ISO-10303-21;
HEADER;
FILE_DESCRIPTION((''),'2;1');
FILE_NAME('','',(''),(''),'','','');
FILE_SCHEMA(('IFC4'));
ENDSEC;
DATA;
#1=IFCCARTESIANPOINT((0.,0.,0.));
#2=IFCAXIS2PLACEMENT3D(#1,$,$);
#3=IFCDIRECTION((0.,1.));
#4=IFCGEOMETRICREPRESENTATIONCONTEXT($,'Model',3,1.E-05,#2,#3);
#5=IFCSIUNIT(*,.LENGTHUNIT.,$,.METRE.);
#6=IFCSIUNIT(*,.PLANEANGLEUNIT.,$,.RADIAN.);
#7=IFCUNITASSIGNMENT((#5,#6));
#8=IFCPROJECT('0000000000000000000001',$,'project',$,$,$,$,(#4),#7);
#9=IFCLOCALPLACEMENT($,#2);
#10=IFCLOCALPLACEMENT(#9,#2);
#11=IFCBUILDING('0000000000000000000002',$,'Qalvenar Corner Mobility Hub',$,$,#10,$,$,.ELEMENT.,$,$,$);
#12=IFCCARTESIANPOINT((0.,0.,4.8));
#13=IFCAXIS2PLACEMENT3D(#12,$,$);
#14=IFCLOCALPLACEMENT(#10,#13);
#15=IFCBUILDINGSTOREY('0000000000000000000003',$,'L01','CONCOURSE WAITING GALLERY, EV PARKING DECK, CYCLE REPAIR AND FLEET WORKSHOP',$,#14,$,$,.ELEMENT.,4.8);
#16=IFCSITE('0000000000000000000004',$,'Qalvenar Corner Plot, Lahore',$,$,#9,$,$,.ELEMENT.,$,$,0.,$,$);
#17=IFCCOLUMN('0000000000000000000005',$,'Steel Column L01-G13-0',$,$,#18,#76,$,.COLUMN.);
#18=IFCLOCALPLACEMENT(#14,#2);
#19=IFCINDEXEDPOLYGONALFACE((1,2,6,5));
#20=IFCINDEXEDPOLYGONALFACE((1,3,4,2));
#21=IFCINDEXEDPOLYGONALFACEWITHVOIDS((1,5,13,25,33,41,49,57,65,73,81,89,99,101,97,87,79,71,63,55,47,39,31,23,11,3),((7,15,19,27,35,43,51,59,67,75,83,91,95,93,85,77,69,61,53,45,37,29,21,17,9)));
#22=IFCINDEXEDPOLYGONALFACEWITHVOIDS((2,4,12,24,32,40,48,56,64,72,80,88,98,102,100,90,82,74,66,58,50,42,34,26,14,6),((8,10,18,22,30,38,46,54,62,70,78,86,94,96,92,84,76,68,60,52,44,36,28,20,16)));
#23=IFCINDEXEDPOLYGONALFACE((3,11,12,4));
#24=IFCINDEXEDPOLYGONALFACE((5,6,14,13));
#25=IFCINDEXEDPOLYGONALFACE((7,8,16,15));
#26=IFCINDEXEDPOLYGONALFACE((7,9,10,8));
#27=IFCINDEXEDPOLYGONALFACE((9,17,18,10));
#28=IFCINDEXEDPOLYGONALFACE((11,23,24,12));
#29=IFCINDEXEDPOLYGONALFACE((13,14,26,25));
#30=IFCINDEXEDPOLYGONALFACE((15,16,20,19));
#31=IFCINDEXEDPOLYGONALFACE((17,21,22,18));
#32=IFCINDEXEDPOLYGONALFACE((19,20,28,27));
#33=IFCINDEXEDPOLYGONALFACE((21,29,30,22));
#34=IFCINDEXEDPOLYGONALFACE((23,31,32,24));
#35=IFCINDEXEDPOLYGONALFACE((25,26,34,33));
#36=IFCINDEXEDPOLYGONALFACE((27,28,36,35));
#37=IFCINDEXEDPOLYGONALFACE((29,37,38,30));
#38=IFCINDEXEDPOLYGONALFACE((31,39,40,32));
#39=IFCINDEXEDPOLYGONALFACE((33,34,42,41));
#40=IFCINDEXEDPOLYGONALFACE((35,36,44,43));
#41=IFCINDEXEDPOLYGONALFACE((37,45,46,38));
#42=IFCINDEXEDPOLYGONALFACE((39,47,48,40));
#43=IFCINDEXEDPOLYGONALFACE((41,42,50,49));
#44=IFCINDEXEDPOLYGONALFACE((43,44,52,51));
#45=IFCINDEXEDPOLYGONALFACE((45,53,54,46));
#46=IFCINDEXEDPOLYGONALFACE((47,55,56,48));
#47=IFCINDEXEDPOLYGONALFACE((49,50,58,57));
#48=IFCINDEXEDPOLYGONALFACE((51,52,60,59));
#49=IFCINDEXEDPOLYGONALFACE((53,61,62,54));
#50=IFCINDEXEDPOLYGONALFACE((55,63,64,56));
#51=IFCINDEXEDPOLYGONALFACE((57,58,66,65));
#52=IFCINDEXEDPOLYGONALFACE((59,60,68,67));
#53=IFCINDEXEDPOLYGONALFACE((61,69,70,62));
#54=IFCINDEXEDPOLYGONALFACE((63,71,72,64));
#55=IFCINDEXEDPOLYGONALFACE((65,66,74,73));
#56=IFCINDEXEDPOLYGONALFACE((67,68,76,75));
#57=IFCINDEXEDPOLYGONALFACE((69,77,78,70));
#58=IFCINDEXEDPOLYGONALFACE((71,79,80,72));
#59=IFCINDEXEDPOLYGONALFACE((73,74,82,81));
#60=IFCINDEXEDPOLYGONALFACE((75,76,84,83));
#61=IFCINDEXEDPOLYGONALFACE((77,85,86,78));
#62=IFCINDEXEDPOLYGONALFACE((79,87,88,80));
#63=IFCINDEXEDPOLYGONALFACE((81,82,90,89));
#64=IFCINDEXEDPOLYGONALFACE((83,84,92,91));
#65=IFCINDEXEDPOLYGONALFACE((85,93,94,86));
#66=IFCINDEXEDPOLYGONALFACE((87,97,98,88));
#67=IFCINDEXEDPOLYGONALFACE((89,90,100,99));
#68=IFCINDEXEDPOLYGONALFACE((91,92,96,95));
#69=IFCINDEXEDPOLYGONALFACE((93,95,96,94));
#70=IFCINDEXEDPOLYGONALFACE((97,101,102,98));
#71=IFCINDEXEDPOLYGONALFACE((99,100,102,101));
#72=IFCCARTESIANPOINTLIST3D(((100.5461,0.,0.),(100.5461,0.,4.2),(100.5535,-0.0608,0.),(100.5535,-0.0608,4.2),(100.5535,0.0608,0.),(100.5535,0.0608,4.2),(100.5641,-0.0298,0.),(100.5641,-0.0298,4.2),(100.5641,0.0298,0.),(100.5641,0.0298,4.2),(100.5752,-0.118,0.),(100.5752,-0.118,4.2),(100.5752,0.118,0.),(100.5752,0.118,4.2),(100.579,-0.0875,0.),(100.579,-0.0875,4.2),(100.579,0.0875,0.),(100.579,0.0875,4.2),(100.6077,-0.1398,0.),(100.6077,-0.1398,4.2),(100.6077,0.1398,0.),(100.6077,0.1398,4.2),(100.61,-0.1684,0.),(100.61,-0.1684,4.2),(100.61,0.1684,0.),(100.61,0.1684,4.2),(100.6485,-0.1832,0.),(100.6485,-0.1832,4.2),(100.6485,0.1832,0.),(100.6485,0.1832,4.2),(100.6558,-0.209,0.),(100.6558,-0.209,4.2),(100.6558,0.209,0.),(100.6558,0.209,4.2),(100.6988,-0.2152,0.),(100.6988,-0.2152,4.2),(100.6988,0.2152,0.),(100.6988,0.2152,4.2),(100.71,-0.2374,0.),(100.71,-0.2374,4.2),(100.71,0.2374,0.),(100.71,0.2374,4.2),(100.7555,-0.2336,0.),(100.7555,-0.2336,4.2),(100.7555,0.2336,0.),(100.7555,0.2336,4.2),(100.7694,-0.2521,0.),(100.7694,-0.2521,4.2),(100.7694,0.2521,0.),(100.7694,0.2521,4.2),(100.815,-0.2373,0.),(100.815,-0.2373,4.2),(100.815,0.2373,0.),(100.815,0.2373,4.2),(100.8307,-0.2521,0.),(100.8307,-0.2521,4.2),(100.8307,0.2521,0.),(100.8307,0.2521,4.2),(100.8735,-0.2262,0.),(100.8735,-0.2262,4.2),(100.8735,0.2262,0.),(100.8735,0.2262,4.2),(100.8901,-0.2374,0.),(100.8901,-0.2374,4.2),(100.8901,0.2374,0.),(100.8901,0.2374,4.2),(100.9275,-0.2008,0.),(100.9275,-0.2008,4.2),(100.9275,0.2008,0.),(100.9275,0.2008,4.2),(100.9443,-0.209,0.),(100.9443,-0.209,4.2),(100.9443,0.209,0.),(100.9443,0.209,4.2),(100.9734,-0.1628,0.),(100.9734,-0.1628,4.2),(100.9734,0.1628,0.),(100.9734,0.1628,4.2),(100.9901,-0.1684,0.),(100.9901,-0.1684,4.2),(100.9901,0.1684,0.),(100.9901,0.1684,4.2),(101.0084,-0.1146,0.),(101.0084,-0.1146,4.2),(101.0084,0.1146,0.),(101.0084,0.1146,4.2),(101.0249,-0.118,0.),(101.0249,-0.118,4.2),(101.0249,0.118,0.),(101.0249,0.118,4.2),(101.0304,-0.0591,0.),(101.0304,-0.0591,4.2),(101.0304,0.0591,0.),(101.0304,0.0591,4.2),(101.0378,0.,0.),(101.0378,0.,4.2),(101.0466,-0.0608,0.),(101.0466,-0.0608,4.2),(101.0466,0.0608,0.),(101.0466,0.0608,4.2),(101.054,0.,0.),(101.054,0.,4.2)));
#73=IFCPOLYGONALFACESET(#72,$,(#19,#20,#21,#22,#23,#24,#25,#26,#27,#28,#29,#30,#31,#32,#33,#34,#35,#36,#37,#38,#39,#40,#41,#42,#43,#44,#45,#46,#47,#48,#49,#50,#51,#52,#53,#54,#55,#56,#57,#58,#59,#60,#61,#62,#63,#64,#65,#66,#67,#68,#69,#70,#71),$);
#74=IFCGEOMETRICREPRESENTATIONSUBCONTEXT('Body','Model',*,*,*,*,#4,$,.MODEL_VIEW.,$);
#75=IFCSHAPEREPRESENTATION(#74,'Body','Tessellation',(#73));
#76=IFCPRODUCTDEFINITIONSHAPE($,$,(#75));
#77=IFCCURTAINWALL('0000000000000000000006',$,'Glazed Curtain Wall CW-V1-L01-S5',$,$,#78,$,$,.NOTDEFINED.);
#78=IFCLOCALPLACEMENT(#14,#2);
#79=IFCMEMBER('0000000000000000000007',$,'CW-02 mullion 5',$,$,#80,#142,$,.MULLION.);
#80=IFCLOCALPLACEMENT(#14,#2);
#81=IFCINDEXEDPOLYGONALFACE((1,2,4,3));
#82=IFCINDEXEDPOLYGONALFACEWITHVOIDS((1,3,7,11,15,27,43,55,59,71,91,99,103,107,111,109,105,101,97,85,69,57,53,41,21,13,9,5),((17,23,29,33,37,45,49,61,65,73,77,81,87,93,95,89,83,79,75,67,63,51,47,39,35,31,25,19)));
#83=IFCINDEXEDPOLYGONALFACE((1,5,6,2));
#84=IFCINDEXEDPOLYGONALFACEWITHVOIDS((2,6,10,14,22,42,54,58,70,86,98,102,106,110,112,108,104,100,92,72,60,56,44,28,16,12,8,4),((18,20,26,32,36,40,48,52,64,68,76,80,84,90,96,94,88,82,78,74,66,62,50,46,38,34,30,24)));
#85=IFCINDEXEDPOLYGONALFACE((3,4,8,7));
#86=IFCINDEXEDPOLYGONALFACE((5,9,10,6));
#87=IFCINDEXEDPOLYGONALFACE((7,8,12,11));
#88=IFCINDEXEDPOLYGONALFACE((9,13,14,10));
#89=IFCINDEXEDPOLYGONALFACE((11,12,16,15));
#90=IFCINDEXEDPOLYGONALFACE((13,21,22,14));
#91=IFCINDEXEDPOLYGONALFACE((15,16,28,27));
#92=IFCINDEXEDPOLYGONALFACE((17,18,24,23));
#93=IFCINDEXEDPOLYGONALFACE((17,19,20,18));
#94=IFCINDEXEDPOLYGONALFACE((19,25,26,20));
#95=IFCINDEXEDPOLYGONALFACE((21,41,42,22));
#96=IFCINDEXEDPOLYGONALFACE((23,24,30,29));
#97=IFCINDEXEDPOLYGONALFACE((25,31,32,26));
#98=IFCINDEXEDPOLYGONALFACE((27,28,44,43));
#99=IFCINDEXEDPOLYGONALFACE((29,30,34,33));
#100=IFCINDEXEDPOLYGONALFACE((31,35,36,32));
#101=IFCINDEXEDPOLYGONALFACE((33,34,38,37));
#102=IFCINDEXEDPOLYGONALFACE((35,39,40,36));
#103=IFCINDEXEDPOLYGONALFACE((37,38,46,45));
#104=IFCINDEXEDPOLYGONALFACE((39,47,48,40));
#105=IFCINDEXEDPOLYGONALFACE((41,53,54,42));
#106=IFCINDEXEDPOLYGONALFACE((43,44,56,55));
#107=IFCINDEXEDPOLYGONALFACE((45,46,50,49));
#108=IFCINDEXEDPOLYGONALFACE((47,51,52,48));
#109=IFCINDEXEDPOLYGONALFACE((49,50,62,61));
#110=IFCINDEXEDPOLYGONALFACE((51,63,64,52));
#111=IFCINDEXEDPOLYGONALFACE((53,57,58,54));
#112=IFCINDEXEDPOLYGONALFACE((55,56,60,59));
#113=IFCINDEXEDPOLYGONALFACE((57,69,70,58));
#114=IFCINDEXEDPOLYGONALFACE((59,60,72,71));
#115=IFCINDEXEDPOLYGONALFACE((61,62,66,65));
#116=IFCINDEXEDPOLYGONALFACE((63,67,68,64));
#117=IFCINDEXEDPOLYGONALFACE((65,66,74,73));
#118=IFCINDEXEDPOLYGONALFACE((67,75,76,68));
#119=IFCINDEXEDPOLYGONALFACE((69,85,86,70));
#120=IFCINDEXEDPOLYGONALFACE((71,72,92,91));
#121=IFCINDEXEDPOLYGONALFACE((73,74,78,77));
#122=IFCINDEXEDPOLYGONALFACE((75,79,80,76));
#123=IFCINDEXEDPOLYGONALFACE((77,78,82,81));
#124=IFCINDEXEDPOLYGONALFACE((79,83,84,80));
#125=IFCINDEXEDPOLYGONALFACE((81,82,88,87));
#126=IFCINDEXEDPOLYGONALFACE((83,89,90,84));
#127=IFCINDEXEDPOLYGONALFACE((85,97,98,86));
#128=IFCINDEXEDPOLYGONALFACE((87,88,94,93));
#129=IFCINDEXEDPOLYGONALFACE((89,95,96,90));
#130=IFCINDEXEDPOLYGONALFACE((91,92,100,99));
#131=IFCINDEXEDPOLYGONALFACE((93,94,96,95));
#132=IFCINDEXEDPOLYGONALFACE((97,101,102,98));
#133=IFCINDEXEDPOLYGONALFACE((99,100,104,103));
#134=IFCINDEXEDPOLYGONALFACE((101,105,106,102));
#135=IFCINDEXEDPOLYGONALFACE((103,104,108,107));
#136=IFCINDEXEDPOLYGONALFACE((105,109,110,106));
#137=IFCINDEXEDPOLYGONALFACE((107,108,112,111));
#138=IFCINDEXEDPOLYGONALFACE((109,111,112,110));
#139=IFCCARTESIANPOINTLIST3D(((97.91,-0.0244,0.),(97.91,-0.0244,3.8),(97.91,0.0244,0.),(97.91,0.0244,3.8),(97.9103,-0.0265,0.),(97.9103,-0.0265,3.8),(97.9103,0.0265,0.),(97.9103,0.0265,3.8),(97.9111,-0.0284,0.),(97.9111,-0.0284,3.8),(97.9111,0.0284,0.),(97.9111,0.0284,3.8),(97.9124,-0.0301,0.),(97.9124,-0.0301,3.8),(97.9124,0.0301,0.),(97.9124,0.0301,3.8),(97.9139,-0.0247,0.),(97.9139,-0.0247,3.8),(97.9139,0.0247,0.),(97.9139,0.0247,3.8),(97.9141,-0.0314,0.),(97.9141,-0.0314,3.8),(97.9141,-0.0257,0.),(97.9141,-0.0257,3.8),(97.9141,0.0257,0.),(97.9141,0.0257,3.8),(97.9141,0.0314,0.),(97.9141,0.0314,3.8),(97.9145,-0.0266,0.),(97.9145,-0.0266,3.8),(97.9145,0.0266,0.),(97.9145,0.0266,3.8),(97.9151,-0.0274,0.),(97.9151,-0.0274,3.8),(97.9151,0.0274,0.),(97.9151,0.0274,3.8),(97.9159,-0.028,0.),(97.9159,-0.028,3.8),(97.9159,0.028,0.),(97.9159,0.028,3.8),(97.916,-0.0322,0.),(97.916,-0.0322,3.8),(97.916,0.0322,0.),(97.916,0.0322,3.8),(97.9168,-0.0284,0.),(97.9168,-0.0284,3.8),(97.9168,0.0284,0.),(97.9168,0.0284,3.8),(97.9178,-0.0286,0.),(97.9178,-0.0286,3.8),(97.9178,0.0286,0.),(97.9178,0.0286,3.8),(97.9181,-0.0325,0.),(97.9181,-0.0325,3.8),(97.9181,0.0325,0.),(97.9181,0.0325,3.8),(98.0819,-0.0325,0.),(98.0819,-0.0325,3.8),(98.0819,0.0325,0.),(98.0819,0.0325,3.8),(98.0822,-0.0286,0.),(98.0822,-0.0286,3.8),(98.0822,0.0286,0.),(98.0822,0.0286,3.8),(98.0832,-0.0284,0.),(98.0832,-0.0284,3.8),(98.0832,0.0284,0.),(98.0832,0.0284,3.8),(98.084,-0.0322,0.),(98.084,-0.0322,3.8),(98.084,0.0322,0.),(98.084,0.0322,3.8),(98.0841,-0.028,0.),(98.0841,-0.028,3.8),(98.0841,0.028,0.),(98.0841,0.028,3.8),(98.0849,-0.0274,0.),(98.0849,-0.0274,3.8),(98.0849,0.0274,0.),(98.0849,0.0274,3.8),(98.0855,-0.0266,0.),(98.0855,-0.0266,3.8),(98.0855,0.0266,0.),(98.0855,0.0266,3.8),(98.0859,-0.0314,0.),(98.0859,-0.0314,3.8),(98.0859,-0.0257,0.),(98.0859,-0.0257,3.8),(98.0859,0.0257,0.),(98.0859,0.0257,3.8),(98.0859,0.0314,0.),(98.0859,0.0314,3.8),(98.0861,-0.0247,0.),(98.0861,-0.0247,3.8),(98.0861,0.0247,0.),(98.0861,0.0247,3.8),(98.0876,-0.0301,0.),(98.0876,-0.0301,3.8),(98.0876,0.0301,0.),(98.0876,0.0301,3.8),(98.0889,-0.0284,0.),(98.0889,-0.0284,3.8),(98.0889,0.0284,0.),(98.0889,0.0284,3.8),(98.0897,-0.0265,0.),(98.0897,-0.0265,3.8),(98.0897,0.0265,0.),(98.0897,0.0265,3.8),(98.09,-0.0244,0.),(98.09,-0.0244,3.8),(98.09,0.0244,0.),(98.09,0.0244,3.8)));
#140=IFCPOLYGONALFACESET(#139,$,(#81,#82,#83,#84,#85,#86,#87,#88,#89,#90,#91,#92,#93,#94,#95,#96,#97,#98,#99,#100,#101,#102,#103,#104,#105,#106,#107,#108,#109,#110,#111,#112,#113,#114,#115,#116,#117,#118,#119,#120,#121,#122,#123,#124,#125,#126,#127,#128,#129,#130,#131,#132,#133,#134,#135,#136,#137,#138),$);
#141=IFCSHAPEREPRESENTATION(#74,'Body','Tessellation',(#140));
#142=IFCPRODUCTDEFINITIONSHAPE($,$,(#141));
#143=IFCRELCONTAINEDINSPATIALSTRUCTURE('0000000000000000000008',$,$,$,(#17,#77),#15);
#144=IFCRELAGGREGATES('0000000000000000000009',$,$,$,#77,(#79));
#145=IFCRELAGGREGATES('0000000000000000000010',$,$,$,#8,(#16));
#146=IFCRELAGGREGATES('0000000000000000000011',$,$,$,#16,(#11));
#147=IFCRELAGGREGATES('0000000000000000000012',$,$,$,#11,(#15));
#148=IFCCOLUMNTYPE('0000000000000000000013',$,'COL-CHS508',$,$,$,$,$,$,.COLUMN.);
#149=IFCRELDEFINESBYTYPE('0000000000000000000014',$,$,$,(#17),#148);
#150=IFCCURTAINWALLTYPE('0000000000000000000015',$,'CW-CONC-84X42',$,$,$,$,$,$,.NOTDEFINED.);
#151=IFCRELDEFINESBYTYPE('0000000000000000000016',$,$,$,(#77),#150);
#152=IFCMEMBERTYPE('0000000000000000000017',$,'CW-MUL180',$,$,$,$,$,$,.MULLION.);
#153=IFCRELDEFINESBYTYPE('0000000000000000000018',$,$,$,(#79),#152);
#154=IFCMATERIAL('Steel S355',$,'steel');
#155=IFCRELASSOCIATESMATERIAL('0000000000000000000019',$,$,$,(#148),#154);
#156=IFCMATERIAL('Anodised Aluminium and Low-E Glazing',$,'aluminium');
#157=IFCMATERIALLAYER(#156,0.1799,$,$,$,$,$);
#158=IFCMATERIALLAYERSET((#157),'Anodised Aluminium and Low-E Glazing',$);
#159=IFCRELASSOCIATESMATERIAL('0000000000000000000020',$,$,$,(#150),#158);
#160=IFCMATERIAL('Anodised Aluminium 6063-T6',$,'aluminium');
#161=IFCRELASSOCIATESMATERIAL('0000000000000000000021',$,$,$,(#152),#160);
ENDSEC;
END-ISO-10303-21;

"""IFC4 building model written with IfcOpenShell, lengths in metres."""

from ifc_helpers import new_model, si_unit, direction, frame, origin, origin_2d, place, context, subcontext, project, spatial, hollow_rectangle, hollow_circle, extrude, material, layer, layer_set, material_profile, profile_set, type_object, element, aggregate, save


model = new_model("IFC4")

# Units and contexts
model_context = context("Model", 3, precision=1e-05, world=origin(), true_north=direction((0.0, 1.0)))
body_context = subcontext(model_context, "Body", "Model", "MODEL_VIEW")
ifc_project = project(units=[si_unit("LENGTHUNIT", "METRE"), si_unit("PLANEANGLEUNIT", "RADIAN")], contexts=[model_context])

# Site, building, storey
site_placement = place(None, origin())
site = spatial("IfcSite", under=ifc_project, at=site_placement, Name="Qalvenar Corner Plot, Lahore", CompositionType="ELEMENT", RefElevation=0.0)
building_placement = place(site_placement, origin())
building = spatial("IfcBuilding", under=site, at=building_placement, Name="Qalvenar Corner Mobility Hub", CompositionType="ELEMENT")
storey_placement = place(building_placement, frame((0.0, 0.0, 4.8)))
storey = spatial("IfcBuildingStorey", under=building, at=storey_placement, Name="L01", Description="CONCOURSE WAITING GALLERY, EV PARKING DECK, CYCLE REPAIR AND FLEET WORKSHOP", CompositionType="ELEMENT", Elevation=4.8)

# Column
ifc_material_1 = material(Name="Steel S355", Category="steel")
ifc_material_profile_1 = material_profile(ifc_material_1, hollow_circle(Radius=0.2539, WallThickness=0.0161, at=origin_2d()), Name="CHS508x16")
ifc_profile_set_1 = profile_set([ifc_material_profile_1], Name="Steel S355")
column_type = type_object("IfcColumnType", Name="COL-CHS508", PredefinedType="COLUMN", material=ifc_profile_set_1)
column_placement = place(storey_placement, frame((100.8, 0.0, 0.0), z_axis=(0.0, 0.0, 1.0), x_axis=(1.0, 0.0, 0.0)))
element("IfcColumn", 1, at=column_placement, inside=storey, type_object=column_type, Name="Steel Column L01-G13-0", PredefinedType="COLUMN", context=body_context, shape_type="SweptSolid", body=[
    extrude(hollow_circle(Radius=0.2539, WallThickness=0.0161, at=origin_2d()), origin(), (0.0, 0.0, 1.0), 4.2),
])

# Curtain wall, member
ifc_material_2 = material(Name="Anodised Aluminium and Low-E Glazing", Category="aluminium")
ifc_layer_1 = layer(ifc_material_2, 0.1799)
ifc_layer_set_1 = layer_set([ifc_layer_1], Name="Anodised Aluminium and Low-E Glazing")
curtain_wall_type = type_object("IfcCurtainWallType", Name="CW-CONC-84X42", PredefinedType="NOTDEFINED", material=ifc_layer_set_1)
curtain_wall_1_placement = place(storey_placement, origin())
curtain_wall_1 = element("IfcCurtainWall", 2, at=curtain_wall_1_placement, inside=storey, type_object=curtain_wall_type, Name="Glazed Curtain Wall CW-V1-L01-S5", PredefinedType="NOTDEFINED")
ifc_material_3 = material(Name="Anodised Aluminium 6063-T6", Category="aluminium")
ifc_material_profile_2 = material_profile(ifc_material_3, hollow_rectangle(XDim=0.0649, YDim=0.1799, WallThickness=0.0039, InnerFilletRadius=0.0039, OuterFilletRadius=0.0081, at=origin_2d()), Name="RHS180x65x4")
ifc_profile_set_2 = profile_set([ifc_material_profile_2], Name="Anodised Aluminium 6063-T6")
member_type_1 = type_object("IfcMemberType", Name="CW-MUL180", PredefinedType="MULLION", material=ifc_profile_set_2)
member_1_placement = place(storey_placement, frame((98.0, 0.0, 0.0), z_axis=(0.0, 0.0, 1.0), x_axis=(0.0, 1.0, 0.0)))
member_1 = element("IfcMember", 3, at=member_1_placement, type_object=member_type_1, Name="CW-02 mullion 5", PredefinedType="MULLION", context=body_context, shape_type="SweptSolid", body=[
    extrude(hollow_rectangle(XDim=0.0649, YDim=0.1799, WallThickness=0.0039, InnerFilletRadius=0.0039, OuterFilletRadius=0.0081, at=origin_2d()), origin(), (0.0, 0.0, 1.0), 3.8),
])

aggregate(curtain_wall_1, [member_1])

save(model, "model.ifc")
